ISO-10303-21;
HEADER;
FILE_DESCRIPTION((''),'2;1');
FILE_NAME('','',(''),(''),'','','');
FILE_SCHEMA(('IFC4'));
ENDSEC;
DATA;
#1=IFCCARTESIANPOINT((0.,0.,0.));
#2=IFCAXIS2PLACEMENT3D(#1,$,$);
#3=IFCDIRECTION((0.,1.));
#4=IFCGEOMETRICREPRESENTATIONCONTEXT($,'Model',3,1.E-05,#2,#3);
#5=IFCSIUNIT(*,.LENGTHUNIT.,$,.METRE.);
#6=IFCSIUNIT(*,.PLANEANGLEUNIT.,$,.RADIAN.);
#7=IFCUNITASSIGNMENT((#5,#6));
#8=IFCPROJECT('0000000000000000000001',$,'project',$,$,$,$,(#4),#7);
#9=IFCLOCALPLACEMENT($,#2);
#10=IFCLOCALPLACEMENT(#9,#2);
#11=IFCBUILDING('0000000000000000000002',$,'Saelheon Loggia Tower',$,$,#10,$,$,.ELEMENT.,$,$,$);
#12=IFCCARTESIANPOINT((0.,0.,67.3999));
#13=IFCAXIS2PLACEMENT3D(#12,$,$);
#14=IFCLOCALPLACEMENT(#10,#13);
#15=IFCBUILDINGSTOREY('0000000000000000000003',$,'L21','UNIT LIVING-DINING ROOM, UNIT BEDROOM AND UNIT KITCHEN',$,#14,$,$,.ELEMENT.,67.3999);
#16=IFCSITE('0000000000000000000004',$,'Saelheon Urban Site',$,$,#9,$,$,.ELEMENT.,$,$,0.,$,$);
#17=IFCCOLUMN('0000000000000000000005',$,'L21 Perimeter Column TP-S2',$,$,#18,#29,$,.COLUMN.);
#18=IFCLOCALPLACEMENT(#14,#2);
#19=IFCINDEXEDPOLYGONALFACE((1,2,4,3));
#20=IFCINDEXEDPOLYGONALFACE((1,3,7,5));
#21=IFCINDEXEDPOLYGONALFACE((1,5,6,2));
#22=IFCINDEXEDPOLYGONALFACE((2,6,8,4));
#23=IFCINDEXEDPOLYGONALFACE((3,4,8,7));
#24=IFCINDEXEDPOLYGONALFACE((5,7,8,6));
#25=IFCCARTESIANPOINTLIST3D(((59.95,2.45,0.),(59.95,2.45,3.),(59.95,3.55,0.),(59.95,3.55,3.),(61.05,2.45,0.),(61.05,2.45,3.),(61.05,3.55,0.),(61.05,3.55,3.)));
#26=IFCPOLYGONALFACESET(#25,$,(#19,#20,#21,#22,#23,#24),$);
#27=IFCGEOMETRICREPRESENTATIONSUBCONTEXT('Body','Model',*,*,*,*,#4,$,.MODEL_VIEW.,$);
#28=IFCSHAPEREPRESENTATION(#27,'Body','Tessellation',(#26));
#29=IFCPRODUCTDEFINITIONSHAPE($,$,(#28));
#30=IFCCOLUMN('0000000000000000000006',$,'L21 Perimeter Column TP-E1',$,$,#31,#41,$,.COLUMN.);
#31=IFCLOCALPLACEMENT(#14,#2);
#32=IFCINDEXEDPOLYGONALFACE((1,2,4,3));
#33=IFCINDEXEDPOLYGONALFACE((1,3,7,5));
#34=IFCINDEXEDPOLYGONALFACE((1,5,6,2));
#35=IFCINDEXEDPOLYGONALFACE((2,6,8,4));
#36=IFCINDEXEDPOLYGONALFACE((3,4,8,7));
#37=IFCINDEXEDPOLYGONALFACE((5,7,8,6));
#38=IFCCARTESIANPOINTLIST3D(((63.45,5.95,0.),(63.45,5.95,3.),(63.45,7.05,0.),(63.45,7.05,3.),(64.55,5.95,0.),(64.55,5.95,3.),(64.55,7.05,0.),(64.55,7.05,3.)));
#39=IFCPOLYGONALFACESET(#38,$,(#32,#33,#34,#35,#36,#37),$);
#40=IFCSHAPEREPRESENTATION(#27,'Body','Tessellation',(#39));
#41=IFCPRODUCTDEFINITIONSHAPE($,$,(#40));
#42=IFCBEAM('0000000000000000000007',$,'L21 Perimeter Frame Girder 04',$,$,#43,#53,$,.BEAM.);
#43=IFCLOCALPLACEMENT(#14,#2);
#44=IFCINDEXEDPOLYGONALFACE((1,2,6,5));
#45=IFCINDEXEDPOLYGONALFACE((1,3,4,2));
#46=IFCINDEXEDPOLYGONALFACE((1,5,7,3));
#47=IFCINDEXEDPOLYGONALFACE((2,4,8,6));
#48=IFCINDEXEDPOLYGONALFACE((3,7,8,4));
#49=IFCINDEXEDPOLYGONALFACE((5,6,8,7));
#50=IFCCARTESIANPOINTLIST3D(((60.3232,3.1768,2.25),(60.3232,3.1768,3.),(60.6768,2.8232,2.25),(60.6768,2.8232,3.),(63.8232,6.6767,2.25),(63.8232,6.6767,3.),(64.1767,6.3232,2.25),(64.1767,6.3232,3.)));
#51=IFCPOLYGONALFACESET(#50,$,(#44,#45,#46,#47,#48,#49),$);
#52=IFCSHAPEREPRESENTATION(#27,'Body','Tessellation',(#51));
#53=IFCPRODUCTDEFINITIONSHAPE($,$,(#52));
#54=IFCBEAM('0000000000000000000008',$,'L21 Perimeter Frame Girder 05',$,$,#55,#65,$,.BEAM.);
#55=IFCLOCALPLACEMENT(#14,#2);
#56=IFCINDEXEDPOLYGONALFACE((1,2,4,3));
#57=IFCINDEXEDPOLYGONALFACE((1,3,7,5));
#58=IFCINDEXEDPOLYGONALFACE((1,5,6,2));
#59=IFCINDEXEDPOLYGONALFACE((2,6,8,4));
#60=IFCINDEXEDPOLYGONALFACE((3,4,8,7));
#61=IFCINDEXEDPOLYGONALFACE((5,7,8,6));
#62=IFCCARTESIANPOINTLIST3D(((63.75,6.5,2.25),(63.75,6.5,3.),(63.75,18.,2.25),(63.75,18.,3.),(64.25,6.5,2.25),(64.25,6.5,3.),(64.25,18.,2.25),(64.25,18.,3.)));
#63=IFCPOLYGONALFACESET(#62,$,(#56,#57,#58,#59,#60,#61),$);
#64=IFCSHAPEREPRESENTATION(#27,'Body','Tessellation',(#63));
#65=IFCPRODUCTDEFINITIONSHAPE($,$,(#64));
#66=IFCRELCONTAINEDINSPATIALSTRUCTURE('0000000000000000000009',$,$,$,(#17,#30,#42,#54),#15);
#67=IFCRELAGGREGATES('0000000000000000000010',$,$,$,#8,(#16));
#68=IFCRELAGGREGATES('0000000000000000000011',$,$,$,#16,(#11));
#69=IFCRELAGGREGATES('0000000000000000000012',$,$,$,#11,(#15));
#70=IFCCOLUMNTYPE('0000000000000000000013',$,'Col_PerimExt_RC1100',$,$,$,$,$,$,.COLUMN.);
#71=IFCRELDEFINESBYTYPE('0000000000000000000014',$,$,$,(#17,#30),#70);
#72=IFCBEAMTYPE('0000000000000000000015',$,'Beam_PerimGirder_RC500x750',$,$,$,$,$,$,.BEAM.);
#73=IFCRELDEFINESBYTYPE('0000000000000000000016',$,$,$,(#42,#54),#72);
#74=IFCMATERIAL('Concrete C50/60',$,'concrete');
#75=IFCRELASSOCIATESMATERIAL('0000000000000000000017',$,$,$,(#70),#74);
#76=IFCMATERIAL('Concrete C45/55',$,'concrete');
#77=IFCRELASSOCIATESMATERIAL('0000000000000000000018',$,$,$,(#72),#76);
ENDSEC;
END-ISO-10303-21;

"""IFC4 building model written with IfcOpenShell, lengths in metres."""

from ifc_helpers import new_model, si_unit, direction, frame, origin, origin_2d, place, context, subcontext, project, spatial, rectangle, extrude, source, transform, mapped, material, material_profile, profile_set, type_object, element, save


model = new_model("IFC4")

# Units and contexts
model_context = context("Model", 3, precision=1e-05, world=origin(), true_north=direction((0.0, 1.0)))
body_context = subcontext(model_context, "Body", "Model", "MODEL_VIEW")
ifc_project = project(units=[si_unit("LENGTHUNIT", "METRE"), si_unit("PLANEANGLEUNIT", "RADIAN")], contexts=[model_context])

# Site, building, storey
site_placement = place(None, origin())
site = spatial("IfcSite", under=ifc_project, at=site_placement, Name="Saelheon Urban Site", CompositionType="ELEMENT", RefElevation=0.0)
building_placement = place(site_placement, origin())
building = spatial("IfcBuilding", under=site, at=building_placement, Name="Saelheon Loggia Tower", CompositionType="ELEMENT")
storey_placement = place(building_placement, frame((0.0, 0.0, 67.3999)))
storey = spatial("IfcBuildingStorey", under=building, at=storey_placement, Name="L21", Description="UNIT LIVING-DINING ROOM, UNIT BEDROOM AND UNIT KITCHEN", CompositionType="ELEMENT", Elevation=67.3999)

# Columns
ifc_material_1 = material(Name="Concrete C50/60", Category="concrete")
ifc_material_profile_1 = material_profile(ifc_material_1, rectangle(XDim=1.1001, YDim=1.1001, at=origin_2d()), Name="RC-1100x1100")
ifc_profile_set_1 = profile_set([ifc_material_profile_1], Name="Concrete C50/60")
column_type = type_object("IfcColumnType", Name="Col_PerimExt_RC1100", PredefinedType="COLUMN", material=ifc_profile_set_1)
shared_shape_1 = source(origin(), body_context, "Body", "SweptSolid", [
    extrude(rectangle(XDim=1.1001, YDim=1.1001, at=origin_2d()), origin(), (0.0, 0.0, 1.0), 3.0),
])
for number, where, z_axis, x_axis, name in (
    (1, (60.5, 3.0, 0.0), (0.0, 0.0, 1.0), (1.0, 0.0, 0.0), "L21 Perimeter Column TP-S2"),
    (2, (64.0, 6.5, 0.0), (0.0, 0.0, 1.0), (1.0, 0.0, 0.0), "L21 Perimeter Column TP-E1"),
):
    element("IfcColumn", number, at=place(storey_placement, frame(where, z_axis=z_axis, x_axis=x_axis)), inside=storey, type_object=column_type, Name=name, PredefinedType="COLUMN", context=body_context, shape_type="MappedRepresentation", body=[
        mapped(shared_shape_1, transform((0.0, 0.0, 0.0), scale=1.0)),
    ])

# Beams
ifc_material_2 = material(Name="Concrete C45/55", Category="concrete")
ifc_material_profile_2 = material_profile(ifc_material_2, rectangle(XDim=0.5, YDim=0.75, at=origin_2d()), Name="RC-500x750")
ifc_profile_set_2 = profile_set([ifc_material_profile_2], Name="Concrete C45/55")
beam_type = type_object("IfcBeamType", Name="Beam_PerimGirder_RC500x750", PredefinedType="BEAM", material=ifc_profile_set_2)
shared_shape_2 = source(origin(), body_context, "Body", "SweptSolid", [
    extrude(rectangle(XDim=0.5, YDim=0.75, at=origin_2d()), origin(), (0.0, 0.0, 1.0), 4.9497),
])
beam_1_placement = place(storey_placement, frame((60.5, 3.0, 2.625), z_axis=(0.707107, 0.707107, 0.0), x_axis=(-0.707107, 0.707107, 0.0)))
element("IfcBeam", 3, at=beam_1_placement, inside=storey, type_object=beam_type, Name="L21 Perimeter Frame Girder 04", PredefinedType="BEAM", context=body_context, shape_type="MappedRepresentation", body=[
    mapped(shared_shape_2, transform((0.0, 0.0, 0.0), scale=1.0)),
])
shared_shape_3 = source(origin(), body_context, "Body", "SweptSolid", [
    extrude(rectangle(XDim=0.5, YDim=0.75, at=origin_2d()), origin(), (0.0, 0.0, 1.0), 11.5),
])
beam_2_placement = place(storey_placement, frame((64.0, 6.5, 2.625), z_axis=(0.0, 1.0, 0.0), x_axis=(-1.0, 0.0, 0.0)))
element("IfcBeam", 4, at=beam_2_placement, inside=storey, type_object=beam_type, Name="L21 Perimeter Frame Girder 05", PredefinedType="BEAM", context=body_context, shape_type="MappedRepresentation", body=[
    mapped(shared_shape_3, transform((0.0, 0.0, 0.0), scale=1.0)),
])

save(model, "model.ifc")
